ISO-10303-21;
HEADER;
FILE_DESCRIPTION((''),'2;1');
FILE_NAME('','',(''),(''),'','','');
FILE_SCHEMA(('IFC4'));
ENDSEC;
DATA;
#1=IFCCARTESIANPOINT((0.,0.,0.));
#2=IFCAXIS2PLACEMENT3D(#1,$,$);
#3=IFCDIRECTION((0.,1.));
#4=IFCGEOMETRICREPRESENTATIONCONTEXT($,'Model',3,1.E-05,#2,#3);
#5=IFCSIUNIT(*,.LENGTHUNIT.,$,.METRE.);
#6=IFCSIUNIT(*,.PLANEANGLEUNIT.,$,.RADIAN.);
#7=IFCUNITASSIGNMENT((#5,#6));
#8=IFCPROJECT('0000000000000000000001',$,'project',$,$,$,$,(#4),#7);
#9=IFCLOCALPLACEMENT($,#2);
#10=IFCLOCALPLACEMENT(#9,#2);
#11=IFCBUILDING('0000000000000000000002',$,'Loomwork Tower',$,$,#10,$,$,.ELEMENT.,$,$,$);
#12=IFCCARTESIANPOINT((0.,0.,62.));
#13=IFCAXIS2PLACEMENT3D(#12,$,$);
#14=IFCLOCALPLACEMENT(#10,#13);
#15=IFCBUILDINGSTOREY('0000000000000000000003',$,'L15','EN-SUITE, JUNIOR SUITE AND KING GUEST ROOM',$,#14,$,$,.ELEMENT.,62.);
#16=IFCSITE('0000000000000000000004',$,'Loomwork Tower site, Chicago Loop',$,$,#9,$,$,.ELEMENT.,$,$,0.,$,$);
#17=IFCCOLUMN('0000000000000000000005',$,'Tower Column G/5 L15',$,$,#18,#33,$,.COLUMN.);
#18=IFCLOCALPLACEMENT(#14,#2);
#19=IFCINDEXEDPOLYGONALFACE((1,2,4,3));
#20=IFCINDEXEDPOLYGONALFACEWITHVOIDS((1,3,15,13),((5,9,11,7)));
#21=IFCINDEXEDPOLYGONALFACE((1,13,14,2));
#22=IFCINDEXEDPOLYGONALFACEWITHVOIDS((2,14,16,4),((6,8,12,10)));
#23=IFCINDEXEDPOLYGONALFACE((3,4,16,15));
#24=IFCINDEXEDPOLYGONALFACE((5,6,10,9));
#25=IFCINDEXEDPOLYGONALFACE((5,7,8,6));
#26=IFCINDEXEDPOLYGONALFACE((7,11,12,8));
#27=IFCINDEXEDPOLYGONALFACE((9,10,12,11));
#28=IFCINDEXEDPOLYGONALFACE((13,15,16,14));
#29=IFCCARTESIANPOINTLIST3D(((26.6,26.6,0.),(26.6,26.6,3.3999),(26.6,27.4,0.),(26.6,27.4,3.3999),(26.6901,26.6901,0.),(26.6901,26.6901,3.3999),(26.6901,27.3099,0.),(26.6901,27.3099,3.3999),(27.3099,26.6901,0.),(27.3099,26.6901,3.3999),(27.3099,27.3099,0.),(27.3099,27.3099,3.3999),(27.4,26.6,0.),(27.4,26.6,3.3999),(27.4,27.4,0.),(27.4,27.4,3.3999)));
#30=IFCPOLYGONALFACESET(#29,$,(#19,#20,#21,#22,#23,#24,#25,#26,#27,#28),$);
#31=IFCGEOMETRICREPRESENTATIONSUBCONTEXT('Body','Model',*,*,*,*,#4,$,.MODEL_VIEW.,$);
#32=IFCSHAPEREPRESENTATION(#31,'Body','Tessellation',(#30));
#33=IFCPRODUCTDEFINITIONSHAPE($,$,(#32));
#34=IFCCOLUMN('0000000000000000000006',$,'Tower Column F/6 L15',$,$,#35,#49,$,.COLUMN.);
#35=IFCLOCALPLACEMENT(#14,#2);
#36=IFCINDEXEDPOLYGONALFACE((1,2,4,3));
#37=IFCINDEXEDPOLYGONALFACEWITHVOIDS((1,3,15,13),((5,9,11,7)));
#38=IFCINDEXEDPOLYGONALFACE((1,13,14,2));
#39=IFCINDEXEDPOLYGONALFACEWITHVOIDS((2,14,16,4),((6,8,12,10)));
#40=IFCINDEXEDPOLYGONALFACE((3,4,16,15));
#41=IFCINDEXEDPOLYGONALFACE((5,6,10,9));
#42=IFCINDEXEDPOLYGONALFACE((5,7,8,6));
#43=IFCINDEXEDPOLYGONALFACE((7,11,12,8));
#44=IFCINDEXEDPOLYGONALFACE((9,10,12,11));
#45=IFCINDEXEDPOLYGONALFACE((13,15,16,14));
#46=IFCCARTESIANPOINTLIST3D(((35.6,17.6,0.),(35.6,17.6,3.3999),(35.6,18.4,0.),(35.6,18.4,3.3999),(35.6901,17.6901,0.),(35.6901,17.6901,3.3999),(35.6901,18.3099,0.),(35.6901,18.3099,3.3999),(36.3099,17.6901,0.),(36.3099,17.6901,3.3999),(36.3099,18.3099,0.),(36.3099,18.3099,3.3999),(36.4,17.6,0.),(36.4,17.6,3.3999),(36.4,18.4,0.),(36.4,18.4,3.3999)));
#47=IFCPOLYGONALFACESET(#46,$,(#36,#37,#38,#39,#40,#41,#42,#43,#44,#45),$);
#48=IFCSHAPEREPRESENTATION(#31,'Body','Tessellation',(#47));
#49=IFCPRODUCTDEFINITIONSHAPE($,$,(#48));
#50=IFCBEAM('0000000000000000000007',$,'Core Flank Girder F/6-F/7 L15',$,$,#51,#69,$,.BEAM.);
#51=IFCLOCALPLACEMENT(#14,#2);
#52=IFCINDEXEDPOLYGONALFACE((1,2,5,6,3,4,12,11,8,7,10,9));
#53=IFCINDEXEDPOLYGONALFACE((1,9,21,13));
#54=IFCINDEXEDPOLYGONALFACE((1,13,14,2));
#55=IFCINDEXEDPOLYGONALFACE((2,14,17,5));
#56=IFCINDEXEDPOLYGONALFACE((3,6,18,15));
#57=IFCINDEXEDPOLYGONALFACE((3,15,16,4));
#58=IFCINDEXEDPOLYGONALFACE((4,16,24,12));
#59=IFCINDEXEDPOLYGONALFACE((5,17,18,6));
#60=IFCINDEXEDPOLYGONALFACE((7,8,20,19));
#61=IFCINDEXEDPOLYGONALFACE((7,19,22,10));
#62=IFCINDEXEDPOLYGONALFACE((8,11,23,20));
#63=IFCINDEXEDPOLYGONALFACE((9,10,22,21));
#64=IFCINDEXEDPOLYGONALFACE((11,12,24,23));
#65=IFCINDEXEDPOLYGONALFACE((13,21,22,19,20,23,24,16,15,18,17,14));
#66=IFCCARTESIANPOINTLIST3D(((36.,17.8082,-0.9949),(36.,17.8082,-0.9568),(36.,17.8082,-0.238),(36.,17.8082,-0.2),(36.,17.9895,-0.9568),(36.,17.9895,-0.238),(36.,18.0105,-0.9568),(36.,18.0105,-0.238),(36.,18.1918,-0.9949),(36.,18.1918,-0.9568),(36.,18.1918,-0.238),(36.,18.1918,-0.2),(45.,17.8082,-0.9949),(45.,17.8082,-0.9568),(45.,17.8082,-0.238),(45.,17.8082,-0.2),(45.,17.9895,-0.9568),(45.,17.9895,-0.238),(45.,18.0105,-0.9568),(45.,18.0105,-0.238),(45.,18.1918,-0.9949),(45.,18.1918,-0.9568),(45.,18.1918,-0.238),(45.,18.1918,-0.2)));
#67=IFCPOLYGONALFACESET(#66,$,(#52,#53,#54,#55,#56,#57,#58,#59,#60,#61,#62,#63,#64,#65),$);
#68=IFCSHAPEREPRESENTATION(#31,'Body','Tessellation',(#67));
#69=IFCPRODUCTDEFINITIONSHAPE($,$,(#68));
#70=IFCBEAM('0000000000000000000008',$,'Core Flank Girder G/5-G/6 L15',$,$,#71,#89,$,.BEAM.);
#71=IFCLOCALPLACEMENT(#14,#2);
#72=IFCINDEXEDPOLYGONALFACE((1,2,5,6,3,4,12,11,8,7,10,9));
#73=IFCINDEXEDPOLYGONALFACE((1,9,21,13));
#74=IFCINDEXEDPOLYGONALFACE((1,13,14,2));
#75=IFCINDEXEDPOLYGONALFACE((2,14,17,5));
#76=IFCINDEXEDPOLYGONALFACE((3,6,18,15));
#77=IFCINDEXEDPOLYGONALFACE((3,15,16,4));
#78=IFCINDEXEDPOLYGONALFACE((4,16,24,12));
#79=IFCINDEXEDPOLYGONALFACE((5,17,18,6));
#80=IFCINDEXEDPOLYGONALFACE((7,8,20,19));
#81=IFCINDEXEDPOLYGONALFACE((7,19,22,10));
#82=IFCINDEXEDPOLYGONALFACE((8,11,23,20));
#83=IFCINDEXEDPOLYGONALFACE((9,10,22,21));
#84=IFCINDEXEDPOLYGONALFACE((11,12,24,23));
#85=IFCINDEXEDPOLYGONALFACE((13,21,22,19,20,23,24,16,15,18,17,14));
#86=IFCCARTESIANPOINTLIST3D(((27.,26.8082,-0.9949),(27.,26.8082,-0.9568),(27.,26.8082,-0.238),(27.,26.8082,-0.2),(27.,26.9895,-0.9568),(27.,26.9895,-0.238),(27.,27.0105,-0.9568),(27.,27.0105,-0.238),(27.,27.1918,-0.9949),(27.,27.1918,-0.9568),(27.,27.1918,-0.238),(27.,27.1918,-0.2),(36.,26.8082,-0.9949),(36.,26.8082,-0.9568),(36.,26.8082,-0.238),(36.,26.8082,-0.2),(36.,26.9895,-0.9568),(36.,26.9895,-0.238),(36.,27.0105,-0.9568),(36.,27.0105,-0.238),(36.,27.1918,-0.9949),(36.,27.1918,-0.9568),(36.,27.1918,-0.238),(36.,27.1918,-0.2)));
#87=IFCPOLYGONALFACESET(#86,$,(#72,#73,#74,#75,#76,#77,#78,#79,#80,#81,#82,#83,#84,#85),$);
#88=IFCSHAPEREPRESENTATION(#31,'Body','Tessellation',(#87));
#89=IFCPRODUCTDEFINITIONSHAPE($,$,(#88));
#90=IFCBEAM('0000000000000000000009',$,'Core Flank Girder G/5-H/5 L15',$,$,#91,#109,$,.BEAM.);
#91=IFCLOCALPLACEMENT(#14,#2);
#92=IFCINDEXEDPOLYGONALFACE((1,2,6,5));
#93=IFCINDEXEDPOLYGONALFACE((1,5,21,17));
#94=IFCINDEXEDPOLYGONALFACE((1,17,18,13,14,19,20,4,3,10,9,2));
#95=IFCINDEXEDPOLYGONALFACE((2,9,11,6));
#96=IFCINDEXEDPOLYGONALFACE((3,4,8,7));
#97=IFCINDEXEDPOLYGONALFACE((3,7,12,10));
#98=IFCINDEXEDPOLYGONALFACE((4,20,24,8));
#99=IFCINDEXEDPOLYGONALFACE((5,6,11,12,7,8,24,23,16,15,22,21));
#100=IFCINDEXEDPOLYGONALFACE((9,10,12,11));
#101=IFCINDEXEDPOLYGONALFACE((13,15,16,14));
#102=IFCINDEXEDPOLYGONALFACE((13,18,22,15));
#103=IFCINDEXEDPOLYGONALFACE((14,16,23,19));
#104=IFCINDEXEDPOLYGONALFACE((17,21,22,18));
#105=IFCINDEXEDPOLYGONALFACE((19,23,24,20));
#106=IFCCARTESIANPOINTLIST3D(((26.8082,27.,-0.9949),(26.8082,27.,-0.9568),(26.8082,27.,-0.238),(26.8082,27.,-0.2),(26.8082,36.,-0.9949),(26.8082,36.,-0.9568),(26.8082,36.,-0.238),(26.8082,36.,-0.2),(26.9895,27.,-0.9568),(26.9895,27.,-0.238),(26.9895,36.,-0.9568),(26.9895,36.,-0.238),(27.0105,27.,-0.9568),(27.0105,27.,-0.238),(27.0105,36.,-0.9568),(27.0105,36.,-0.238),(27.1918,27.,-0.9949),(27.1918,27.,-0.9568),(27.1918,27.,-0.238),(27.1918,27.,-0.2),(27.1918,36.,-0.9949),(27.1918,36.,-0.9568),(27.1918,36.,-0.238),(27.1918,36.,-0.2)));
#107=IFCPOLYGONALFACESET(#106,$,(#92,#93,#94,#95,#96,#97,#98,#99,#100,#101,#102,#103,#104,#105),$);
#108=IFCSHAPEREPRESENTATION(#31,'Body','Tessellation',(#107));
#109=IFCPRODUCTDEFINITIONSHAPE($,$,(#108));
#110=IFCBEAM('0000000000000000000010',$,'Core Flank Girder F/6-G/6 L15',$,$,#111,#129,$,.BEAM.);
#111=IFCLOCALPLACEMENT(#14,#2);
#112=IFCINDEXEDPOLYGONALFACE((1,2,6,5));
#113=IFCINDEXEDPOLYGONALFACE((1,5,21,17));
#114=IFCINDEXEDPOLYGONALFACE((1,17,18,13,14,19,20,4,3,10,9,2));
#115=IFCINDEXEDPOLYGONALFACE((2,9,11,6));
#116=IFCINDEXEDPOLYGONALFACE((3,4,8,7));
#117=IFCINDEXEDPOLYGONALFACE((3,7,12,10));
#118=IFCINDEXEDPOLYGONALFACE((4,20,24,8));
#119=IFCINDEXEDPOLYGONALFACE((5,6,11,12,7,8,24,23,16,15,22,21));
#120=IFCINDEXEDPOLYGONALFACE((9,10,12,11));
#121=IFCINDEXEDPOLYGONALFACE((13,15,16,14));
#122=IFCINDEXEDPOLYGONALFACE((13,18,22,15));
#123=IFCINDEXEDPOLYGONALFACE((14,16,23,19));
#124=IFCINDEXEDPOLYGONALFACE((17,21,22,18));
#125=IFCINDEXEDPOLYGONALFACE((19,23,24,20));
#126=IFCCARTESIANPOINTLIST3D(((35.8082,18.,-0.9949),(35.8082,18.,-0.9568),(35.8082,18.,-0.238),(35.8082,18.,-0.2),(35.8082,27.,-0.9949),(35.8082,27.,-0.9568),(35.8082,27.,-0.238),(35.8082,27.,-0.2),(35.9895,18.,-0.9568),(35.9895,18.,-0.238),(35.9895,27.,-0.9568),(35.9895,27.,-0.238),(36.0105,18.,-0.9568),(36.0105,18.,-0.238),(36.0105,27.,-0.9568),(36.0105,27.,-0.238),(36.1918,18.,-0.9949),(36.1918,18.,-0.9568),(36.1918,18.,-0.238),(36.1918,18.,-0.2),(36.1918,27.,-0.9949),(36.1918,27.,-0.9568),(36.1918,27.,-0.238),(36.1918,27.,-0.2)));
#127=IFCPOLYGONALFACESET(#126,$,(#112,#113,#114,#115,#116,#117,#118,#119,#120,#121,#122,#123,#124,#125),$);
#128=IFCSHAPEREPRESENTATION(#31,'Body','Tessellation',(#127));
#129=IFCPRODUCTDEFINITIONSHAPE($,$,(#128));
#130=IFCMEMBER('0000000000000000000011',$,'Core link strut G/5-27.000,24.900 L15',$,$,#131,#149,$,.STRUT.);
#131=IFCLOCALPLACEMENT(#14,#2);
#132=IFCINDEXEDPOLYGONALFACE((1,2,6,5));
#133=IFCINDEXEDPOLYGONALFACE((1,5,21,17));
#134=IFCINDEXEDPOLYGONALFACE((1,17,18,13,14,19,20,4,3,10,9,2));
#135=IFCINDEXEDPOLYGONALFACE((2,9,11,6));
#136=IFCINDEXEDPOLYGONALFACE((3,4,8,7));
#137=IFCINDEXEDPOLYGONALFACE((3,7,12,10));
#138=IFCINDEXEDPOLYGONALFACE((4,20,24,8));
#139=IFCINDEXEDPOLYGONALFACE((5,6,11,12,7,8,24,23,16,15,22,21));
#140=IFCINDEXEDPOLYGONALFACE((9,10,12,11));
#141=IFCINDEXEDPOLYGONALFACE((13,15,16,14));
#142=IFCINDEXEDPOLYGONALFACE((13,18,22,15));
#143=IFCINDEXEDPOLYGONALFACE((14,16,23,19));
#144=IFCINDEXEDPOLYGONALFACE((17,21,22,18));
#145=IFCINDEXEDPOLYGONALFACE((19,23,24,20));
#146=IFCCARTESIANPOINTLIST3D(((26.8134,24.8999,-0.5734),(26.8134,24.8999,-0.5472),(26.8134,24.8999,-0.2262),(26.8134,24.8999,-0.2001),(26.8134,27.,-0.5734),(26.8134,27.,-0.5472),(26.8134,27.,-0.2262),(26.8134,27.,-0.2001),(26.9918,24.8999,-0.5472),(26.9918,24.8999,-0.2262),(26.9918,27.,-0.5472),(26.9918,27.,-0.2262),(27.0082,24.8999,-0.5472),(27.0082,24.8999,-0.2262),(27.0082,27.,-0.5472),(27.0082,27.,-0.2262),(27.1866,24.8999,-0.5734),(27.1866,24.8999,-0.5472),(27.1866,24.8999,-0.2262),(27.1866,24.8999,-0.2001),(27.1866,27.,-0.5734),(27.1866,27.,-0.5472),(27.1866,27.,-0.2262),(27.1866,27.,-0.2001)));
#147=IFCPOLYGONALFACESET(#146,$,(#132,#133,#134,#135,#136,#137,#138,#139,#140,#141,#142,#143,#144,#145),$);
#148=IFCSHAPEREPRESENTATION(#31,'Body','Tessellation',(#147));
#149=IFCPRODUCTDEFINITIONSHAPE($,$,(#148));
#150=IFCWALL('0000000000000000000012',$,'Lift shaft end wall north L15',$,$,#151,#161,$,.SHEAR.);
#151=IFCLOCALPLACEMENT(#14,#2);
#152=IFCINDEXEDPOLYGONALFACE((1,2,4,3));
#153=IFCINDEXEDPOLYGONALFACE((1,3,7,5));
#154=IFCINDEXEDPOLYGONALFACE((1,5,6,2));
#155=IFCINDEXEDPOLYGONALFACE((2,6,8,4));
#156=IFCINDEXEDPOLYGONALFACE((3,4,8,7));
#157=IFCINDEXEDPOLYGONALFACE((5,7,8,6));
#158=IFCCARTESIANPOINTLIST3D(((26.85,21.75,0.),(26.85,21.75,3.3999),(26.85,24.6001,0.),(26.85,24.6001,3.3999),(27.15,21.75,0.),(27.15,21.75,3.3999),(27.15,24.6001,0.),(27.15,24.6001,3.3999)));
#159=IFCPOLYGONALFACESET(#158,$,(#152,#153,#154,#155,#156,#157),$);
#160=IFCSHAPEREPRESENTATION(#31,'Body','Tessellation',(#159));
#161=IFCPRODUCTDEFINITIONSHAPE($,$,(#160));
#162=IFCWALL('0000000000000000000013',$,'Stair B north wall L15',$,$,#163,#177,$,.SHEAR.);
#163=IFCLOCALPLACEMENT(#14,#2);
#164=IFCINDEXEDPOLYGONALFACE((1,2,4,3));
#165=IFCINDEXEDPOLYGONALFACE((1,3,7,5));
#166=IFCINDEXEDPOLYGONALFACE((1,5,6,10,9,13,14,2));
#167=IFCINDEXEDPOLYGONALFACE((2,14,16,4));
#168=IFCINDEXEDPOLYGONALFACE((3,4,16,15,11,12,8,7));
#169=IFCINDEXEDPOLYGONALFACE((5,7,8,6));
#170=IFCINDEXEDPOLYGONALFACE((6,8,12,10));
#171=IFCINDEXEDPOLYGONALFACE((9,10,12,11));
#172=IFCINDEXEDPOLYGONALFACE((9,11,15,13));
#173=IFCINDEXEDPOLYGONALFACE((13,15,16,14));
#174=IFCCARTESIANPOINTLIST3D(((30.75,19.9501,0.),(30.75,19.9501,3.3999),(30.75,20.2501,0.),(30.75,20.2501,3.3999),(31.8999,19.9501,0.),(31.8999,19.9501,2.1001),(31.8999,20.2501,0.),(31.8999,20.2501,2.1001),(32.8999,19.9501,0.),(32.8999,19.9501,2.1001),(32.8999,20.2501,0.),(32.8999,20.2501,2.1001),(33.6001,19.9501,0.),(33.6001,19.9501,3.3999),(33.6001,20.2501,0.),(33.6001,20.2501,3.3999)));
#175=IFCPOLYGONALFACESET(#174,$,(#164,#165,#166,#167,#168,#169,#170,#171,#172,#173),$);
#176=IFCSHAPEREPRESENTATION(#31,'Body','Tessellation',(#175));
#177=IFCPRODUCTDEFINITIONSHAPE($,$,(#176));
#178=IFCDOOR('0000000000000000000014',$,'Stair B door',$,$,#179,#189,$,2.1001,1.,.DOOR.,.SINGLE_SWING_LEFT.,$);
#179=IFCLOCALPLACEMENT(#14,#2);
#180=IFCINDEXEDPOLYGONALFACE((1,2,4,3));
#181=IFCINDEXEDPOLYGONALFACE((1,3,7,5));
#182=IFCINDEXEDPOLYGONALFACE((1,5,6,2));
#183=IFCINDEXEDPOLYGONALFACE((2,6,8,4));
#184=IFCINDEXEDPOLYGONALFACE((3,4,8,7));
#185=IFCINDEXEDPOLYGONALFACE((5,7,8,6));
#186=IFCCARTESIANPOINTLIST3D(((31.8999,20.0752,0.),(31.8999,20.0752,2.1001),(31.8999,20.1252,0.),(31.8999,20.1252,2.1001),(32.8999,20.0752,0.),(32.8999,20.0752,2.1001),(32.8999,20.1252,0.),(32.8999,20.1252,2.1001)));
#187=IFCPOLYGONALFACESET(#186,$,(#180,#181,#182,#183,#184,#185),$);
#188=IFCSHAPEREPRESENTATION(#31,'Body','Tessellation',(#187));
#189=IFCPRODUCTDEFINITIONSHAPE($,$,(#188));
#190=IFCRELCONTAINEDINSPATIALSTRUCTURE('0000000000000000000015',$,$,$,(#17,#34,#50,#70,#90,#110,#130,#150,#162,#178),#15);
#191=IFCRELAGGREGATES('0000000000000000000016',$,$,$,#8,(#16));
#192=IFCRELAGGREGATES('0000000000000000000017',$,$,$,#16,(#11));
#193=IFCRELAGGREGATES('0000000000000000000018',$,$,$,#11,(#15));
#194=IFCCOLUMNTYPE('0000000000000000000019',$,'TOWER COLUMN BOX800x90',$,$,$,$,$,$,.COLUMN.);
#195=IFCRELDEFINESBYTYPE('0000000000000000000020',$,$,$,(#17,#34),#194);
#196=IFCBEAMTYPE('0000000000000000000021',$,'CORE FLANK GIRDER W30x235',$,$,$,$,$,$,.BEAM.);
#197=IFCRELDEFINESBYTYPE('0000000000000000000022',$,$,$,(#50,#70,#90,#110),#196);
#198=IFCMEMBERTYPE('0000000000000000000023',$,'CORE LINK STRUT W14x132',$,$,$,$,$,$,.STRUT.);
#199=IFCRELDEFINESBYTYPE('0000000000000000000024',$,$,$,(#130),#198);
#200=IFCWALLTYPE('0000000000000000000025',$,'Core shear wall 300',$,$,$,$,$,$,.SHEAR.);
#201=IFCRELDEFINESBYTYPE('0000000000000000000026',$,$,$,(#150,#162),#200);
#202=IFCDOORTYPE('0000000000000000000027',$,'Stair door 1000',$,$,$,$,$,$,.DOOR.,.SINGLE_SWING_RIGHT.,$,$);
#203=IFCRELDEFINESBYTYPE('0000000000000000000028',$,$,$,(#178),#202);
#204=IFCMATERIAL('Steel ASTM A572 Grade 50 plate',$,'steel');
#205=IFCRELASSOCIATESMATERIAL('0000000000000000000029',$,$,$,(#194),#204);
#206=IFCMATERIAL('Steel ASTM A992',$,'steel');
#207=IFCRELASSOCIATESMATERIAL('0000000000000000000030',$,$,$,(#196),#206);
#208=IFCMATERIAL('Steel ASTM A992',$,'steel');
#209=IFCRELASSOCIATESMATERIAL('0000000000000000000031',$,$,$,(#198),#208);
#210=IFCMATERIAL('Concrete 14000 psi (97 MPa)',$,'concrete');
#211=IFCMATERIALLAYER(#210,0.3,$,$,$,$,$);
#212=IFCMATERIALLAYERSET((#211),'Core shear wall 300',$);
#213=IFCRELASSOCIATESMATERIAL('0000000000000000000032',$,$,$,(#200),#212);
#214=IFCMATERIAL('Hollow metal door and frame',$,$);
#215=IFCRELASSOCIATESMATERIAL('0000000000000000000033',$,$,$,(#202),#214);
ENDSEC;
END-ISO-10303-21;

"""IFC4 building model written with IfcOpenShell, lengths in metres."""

from ifc_helpers import new_model, si_unit, direction, frame, frame_2d, origin, origin_2d, place, context, subcontext, project, spatial, rectangle, hollow_rectangle, i_section, extrude, material, layer, layer_set, material_profile, profile_set, type_object, element, fill, save


model = new_model("IFC4")

# Units and contexts
model_context = context("Model", 3, precision=1e-05, world=origin(), true_north=direction((0.0, 1.0)))
body_context = subcontext(model_context, "Body", "Model", "MODEL_VIEW")
ifc_project = project(units=[si_unit("LENGTHUNIT", "METRE"), si_unit("PLANEANGLEUNIT", "RADIAN")], contexts=[model_context])

# Site, building, storey
site_placement = place(None, origin())
site = spatial("IfcSite", under=ifc_project, at=site_placement, Name="Loomwork Tower site, Chicago Loop", CompositionType="ELEMENT", RefElevation=0.0)
building_placement = place(site_placement, origin())
building = spatial("IfcBuilding", under=site, at=building_placement, Name="Loomwork Tower", CompositionType="ELEMENT")
storey_placement = place(building_placement, frame((0.0, 0.0, 62.0)))
storey = spatial("IfcBuildingStorey", under=building, at=storey_placement, Name="L15", Description="EN-SUITE, JUNIOR SUITE AND KING GUEST ROOM", CompositionType="ELEMENT", Elevation=62.0)

# Columns
ifc_material_1 = material(Name="Steel ASTM A572 Grade 50 plate", Category="steel")
ifc_material_profile_1 = material_profile(ifc_material_1, hollow_rectangle(XDim=0.8, YDim=0.8, WallThickness=0.0901, at=origin_2d()), Name="BOX800x90")
ifc_profile_set_1 = profile_set([ifc_material_profile_1], Name="Steel ASTM A572 Grade 50 plate")
column_type = type_object("IfcColumnType", Name="TOWER COLUMN BOX800x90", PredefinedType="COLUMN", material=ifc_profile_set_1)
for number, where, z_axis, x_axis, name in (
    (1, (27.0, 27.0, 0.0), (0.0, 0.0, 1.0), (1.0, 0.0, 0.0), "Tower Column G/5 L15"),
    (2, (36.0, 18.0, 0.0), (0.0, 0.0, 1.0), (0.0, 1.0, 0.0), "Tower Column F/6 L15"),
):
    element("IfcColumn", number, at=place(storey_placement, frame(where, z_axis=z_axis, x_axis=x_axis)), inside=storey, type_object=column_type, Name=name, PredefinedType="COLUMN", context=body_context, shape_type="SweptSolid", body=[
        extrude(hollow_rectangle(XDim=0.8, YDim=0.8, WallThickness=0.0901, at=origin_2d()), origin(), (0.0, 0.0, 1.0), 3.3999),
    ])

# Beams
ifc_material_2 = material(Name="Steel ASTM A992", Category="steel")
ifc_material_profile_2 = material_profile(ifc_material_2, i_section(OverallWidth=0.3835, OverallDepth=0.7949, WebThickness=0.021, FlangeThickness=0.0381, at=origin_2d()), Name="W30x235")
ifc_profile_set_2 = profile_set([ifc_material_profile_2], Name="Steel ASTM A992")
beam_type = type_object("IfcBeamType", Name="CORE FLANK GIRDER W30x235", PredefinedType="BEAM", material=ifc_profile_set_2)
for number, where, z_axis, x_axis, name in (
    (3, (36.0, 18.0, -0.5974), (1.0, 0.0, 0.0), (0.0, 1.0, 0.0), "Core Flank Girder F/6-F/7 L15"),
    (4, (27.0, 27.0, -0.5974), (1.0, 0.0, 0.0), (0.0, 1.0, 0.0), "Core Flank Girder G/5-G/6 L15"),
    (5, (27.0, 27.0, -0.5974), (0.0, 1.0, 0.0), (-1.0, 0.0, 0.0), "Core Flank Girder G/5-H/5 L15"),
    (6, (36.0, 18.0, -0.5974), (0.0, 1.0, 0.0), (-1.0, 0.0, 0.0), "Core Flank Girder F/6-G/6 L15"),
):
    element("IfcBeam", number, at=place(storey_placement, frame(where, z_axis=z_axis, x_axis=x_axis)), inside=storey, type_object=beam_type, Name=name, PredefinedType="BEAM", context=body_context, shape_type="SweptSolid", body=[
        extrude(i_section(OverallWidth=0.3835, OverallDepth=0.7949, WebThickness=0.021, FlangeThickness=0.0381, at=origin_2d()), origin(), (0.0, 0.0, 1.0), 9.0),
    ])

# Member
ifc_material_3 = material(Name="Steel ASTM A992", Category="steel")
ifc_material_profile_3 = material_profile(ifc_material_3, i_section(OverallWidth=0.3733, OverallDepth=0.3733, WebThickness=0.0164, FlangeThickness=0.0261, at=origin_2d()), Name="W14x132")
ifc_profile_set_3 = profile_set([ifc_material_profile_3], Name="Steel ASTM A992")
member_type = type_object("IfcMemberType", Name="CORE LINK STRUT W14x132", PredefinedType="STRUT", material=ifc_profile_set_3)
member_placement = place(storey_placement, frame((27.0, 27.0, -0.3867), z_axis=(0.0, -1.0, 0.0), x_axis=(1.0, 0.0, 0.0)))
element("IfcMember", 7, at=member_placement, inside=storey, type_object=member_type, Name="Core link strut G/5-27.000,24.900 L15", PredefinedType="STRUT", context=body_context, shape_type="SweptSolid", body=[
    extrude(i_section(OverallWidth=0.3733, OverallDepth=0.3733, WebThickness=0.0164, FlangeThickness=0.0261, at=origin_2d()), origin(), (0.0, 0.0, 1.0), 2.1001),
])

# Wall
ifc_material_4 = material(Name="Concrete 14000 psi (97 MPa)", Category="concrete")
ifc_layer_1 = layer(ifc_material_4, 0.3)
ifc_layer_set_1 = layer_set([ifc_layer_1], Name="Core shear wall 300")
wall_type_1 = type_object("IfcWallType", Name="Core shear wall 300", PredefinedType="SHEAR", material=ifc_layer_set_1)
wall_1_placement = place(storey_placement, frame((27.0, 21.75, 0.0), z_axis=(0.0, 0.0, 1.0), x_axis=(0.0, 1.0, 0.0)))
element("IfcWall", 8, at=wall_1_placement, inside=storey, type_object=wall_type_1, Name="Lift shaft end wall north L15", PredefinedType="SHEAR", context=body_context, shape_type="SweptSolid", body=[
    extrude(rectangle(XDim=2.8501, YDim=0.3, at=frame_2d((1.425, 0.0))), origin(), (0.0, 0.0, 1.0), 3.3999),
])

# Wall, opening, door
wall_2_placement = place(storey_placement, frame((30.75, 20.1001, 0.0), z_axis=(0.0, 0.0, 1.0), x_axis=(1.0, 0.0, 0.0)))
wall_2 = element("IfcWall", 9, at=wall_2_placement, inside=storey, type_object=wall_type_1, Name="Stair B north wall L15", PredefinedType="SHEAR", context=body_context, shape_type="SweptSolid", body=[
    extrude(rectangle(XDim=2.8501, YDim=0.3, at=frame_2d((1.425, 0.0))), origin(), (0.0, 0.0, 1.0), 3.3999),
])
opening_1_placement = place(wall_2_placement, frame((1.1499, 0.0, 0.0)))
opening_1 = element("IfcOpeningElement", 10, at=opening_1_placement, cuts=wall_2, PredefinedType="OPENING", context=body_context, shape_type="SweptSolid", body=[
    extrude(rectangle(XDim=1.0, YDim=2.1001, at=frame_2d((0.5, 1.05))), frame((0.0, 0.1599, 0.0), z_axis=(0.0, -1.0, 0.0), x_axis=(1.0, 0.0, 0.0)), (0.0, 0.0, 1.0), 0.3201),
])
ifc_material_5 = material(Name="Hollow metal door and frame")
door_type_1 = type_object("IfcDoorType", Name="Stair door 1000", OperationType="SINGLE_SWING_RIGHT", PredefinedType="DOOR", material=ifc_material_5)
door_1_placement = place(opening_1_placement, frame((1.0, 0.0, 0.0), z_axis=(0.0, 0.0, 1.0), x_axis=(-1.0, 0.0, 0.0)))
door_1 = element("IfcDoor", 11, at=door_1_placement, inside=storey, type_object=door_type_1, Name="Stair B door", OperationType="SINGLE_SWING_LEFT", OverallHeight=2.1001, OverallWidth=1.0, PredefinedType="DOOR", context=body_context, shape_type="SweptSolid", body=[
    extrude(rectangle(XDim=1.0, YDim=2.1001, at=frame_2d((0.5, 1.05))), frame((0.0, 0.0249, 0.0), z_axis=(0.0, -1.0, 0.0), x_axis=(1.0, 0.0, 0.0)), (0.0, 0.0, 1.0), 0.05),
])
fill(opening_1, door_1)

save(model, "model.ifc")
